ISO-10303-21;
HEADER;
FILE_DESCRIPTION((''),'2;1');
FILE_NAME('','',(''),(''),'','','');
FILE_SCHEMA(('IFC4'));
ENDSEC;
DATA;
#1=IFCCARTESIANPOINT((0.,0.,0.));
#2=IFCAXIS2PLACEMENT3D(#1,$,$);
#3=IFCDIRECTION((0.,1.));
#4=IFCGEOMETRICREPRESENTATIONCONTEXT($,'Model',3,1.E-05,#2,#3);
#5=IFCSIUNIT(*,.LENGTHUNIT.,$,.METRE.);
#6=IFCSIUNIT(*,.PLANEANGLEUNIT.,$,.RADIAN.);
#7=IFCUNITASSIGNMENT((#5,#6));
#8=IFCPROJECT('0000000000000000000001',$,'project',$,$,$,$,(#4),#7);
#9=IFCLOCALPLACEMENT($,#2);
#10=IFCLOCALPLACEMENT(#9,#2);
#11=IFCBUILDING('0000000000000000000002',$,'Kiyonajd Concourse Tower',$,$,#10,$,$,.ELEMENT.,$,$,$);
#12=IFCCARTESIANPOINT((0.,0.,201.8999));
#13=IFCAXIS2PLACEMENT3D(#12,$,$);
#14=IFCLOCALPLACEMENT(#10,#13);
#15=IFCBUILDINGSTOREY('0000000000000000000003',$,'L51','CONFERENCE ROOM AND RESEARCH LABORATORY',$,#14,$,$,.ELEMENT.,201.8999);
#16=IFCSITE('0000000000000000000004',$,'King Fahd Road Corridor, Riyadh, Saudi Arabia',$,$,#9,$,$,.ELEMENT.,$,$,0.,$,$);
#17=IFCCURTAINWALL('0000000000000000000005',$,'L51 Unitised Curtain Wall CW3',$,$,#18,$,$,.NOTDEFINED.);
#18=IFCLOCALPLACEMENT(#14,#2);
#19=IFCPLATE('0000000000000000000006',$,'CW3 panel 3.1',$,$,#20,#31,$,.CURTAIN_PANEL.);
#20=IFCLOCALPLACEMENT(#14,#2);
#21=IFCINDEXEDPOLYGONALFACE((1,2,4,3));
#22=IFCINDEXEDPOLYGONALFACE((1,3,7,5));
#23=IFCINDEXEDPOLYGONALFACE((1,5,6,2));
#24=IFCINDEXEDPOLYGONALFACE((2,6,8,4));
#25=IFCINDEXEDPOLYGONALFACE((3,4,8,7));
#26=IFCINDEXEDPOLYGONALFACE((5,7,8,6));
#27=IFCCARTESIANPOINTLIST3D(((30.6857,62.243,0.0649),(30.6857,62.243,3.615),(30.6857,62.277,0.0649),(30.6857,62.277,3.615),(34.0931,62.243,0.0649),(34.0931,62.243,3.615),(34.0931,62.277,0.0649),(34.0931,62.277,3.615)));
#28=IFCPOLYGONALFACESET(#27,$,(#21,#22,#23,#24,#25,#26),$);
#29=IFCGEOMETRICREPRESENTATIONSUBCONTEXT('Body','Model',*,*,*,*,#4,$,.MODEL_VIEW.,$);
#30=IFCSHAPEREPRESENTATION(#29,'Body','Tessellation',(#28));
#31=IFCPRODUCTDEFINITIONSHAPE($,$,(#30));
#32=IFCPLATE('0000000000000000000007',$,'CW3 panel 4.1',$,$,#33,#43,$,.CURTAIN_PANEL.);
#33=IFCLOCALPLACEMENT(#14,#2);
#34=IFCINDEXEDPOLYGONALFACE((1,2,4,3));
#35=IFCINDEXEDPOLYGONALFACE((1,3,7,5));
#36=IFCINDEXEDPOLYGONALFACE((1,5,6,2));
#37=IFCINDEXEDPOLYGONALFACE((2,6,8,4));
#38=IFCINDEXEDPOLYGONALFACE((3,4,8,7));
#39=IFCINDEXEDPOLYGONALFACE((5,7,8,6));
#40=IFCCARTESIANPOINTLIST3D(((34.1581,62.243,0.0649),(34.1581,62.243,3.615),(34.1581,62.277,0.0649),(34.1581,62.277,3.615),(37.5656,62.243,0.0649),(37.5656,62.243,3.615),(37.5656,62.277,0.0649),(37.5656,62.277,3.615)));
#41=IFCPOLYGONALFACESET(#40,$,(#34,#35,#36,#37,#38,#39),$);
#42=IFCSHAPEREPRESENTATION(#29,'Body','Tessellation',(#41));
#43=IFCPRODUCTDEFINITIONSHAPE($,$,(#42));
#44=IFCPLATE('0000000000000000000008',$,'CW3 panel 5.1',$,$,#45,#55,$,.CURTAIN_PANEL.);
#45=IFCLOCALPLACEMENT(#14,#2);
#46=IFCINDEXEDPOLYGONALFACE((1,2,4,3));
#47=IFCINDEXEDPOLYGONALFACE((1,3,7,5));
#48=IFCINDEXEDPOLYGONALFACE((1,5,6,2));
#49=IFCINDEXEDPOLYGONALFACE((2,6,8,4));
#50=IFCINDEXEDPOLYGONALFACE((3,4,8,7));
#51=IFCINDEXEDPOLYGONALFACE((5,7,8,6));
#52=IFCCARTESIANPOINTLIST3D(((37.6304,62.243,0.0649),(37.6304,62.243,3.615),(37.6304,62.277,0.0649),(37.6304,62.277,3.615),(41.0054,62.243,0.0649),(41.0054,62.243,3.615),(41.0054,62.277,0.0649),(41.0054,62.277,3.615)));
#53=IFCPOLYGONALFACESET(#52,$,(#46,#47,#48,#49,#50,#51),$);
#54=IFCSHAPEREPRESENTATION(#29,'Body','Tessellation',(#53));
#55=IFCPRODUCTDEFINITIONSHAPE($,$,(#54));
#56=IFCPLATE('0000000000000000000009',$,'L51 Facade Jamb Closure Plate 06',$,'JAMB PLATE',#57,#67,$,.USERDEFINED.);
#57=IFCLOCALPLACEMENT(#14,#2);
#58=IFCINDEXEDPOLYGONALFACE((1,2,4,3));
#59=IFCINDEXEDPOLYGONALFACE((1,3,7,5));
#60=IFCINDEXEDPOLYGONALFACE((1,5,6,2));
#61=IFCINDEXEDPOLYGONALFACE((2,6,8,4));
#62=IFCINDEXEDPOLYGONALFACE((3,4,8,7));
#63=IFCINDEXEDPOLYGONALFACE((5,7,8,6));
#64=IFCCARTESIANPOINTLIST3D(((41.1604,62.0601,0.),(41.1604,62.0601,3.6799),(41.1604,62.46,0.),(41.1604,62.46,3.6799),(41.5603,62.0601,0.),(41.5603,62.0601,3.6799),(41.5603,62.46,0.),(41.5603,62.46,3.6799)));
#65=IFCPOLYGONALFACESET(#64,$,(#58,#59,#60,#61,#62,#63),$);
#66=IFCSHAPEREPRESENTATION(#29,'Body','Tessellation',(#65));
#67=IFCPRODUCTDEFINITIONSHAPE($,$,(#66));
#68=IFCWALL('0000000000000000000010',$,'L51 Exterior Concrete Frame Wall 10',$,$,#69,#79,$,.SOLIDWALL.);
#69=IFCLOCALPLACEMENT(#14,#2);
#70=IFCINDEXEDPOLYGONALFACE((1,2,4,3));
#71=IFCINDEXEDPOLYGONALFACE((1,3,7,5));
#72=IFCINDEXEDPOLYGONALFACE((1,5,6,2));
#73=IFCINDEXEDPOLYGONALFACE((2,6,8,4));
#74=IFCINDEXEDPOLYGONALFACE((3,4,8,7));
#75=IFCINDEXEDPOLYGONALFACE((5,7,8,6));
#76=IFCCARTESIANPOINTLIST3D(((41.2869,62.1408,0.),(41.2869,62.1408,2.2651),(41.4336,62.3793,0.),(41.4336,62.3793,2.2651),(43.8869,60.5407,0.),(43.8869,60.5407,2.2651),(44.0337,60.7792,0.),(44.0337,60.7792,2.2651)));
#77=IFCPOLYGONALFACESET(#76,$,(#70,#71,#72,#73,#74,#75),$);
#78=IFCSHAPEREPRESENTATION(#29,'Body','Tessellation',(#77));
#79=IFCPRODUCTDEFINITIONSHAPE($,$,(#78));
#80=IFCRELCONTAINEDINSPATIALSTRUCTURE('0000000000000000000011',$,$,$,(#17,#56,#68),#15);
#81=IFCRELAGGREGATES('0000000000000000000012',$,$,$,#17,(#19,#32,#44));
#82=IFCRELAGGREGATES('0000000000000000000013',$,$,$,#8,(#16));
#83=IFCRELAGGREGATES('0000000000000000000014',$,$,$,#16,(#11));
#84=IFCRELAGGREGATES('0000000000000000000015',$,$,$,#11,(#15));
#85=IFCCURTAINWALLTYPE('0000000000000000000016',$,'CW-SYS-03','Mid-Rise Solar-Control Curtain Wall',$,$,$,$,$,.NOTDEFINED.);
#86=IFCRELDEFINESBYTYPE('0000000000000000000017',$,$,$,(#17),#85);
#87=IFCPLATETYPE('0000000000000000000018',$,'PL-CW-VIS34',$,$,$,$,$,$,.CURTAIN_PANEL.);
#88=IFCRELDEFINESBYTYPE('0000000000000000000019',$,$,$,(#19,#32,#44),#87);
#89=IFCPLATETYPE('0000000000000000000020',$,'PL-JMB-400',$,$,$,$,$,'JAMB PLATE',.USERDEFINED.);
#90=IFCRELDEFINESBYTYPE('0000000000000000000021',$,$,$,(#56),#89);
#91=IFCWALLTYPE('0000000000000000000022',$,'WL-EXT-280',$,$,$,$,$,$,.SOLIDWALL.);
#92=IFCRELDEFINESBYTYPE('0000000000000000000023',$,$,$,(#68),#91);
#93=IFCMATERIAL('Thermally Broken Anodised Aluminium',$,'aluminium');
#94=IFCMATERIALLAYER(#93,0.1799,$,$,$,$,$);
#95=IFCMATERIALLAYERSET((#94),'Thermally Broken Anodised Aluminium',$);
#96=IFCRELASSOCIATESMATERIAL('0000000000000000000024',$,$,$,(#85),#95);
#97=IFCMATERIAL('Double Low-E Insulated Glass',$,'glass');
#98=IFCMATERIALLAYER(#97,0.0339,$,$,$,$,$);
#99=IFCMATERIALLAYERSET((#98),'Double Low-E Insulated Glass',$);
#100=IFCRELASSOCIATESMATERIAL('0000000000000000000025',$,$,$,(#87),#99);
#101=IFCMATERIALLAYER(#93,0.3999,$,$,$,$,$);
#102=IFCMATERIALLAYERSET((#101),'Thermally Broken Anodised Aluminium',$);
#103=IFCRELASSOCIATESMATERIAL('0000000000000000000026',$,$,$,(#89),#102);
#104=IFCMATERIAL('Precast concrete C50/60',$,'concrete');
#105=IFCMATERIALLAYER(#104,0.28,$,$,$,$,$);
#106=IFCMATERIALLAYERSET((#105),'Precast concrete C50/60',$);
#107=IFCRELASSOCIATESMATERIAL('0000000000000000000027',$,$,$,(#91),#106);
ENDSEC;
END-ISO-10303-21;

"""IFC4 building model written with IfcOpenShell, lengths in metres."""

from ifc_helpers import new_model, si_unit, direction, frame, frame_2d, origin, origin_2d, place, context, subcontext, project, spatial, rectangle, extrude, material, layer, layer_set, type_object, element, aggregate, save


model = new_model("IFC4")

# Units and contexts
model_context = context("Model", 3, precision=1e-05, world=origin(), true_north=direction((0.0, 1.0)))
body_context = subcontext(model_context, "Body", "Model", "MODEL_VIEW")
ifc_project = project(units=[si_unit("LENGTHUNIT", "METRE"), si_unit("PLANEANGLEUNIT", "RADIAN")], contexts=[model_context])

# Site, building, storey
site_placement = place(None, origin())
site = spatial("IfcSite", under=ifc_project, at=site_placement, Name="King Fahd Road Corridor, Riyadh, Saudi Arabia", CompositionType="ELEMENT", RefElevation=0.0)
building_placement = place(site_placement, origin())
building = spatial("IfcBuilding", under=site, at=building_placement, Name="Kiyonajd Concourse Tower", CompositionType="ELEMENT")
storey_placement = place(building_placement, frame((0.0, 0.0, 201.8999)))
storey = spatial("IfcBuildingStorey", under=building, at=storey_placement, Name="L51", Description="CONFERENCE ROOM AND RESEARCH LABORATORY", CompositionType="ELEMENT", Elevation=201.8999)

# Curtain wall
ifc_material_1 = material(Name="Thermally Broken Anodised Aluminium", Category="aluminium")
ifc_layer_1 = layer(ifc_material_1, 0.1799)
ifc_layer_set_1 = layer_set([ifc_layer_1], Name="Thermally Broken Anodised Aluminium")
curtain_wall_type = type_object("IfcCurtainWallType", Name="CW-SYS-03", Description="Mid-Rise Solar-Control Curtain Wall", PredefinedType="NOTDEFINED", material=ifc_layer_set_1)
curtain_wall_placement = place(storey_placement, origin())
curtain_wall = element("IfcCurtainWall", 1, at=curtain_wall_placement, inside=storey, type_object=curtain_wall_type, Name="L51 Unitised Curtain Wall CW3", PredefinedType="NOTDEFINED")

# Plates
ifc_material_2 = material(Name="Double Low-E Insulated Glass", Category="glass")
ifc_layer_2 = layer(ifc_material_2, 0.0339)
ifc_layer_set_2 = layer_set([ifc_layer_2], Name="Double Low-E Insulated Glass")
plate_type_1 = type_object("IfcPlateType", Name="PL-CW-VIS34", PredefinedType="CURTAIN_PANEL", material=ifc_layer_set_2)
plate_1_placement = place(storey_placement, frame((32.3894, 62.26, 0.0649), z_axis=(0.0, 0.0, 1.0), x_axis=(1.0, 0.0, 0.0)))
plate_1 = element("IfcPlate", 2, at=plate_1_placement, type_object=plate_type_1, Name="CW3 panel 3.1", PredefinedType="CURTAIN_PANEL", context=body_context, shape_type="SweptSolid", body=[
    extrude(rectangle(XDim=3.4075, YDim=0.0339, at=origin_2d()), origin(), (0.0, 0.0, 1.0), 3.55),
])
plate_2_placement = place(storey_placement, frame((35.8618, 62.26, 0.0649), z_axis=(0.0, 0.0, 1.0), x_axis=(1.0, 0.0, 0.0)))
plate_2 = element("IfcPlate", 3, at=plate_2_placement, type_object=plate_type_1, Name="CW3 panel 4.1", PredefinedType="CURTAIN_PANEL", context=body_context, shape_type="SweptSolid", body=[
    extrude(rectangle(XDim=3.4075, YDim=0.0339, at=origin_2d()), origin(), (0.0, 0.0, 1.0), 3.55),
])
plate_3_placement = place(storey_placement, frame((39.3179, 62.26, 0.0649), z_axis=(0.0, 0.0, 1.0), x_axis=(1.0, 0.0, 0.0)))
plate_3 = element("IfcPlate", 4, at=plate_3_placement, type_object=plate_type_1, Name="CW3 panel 5.1", PredefinedType="CURTAIN_PANEL", context=body_context, shape_type="SweptSolid", body=[
    extrude(rectangle(XDim=3.375, YDim=0.0339, at=origin_2d()), origin(), (0.0, 0.0, 1.0), 3.55),
])
aggregate(curtain_wall, [plate_1, plate_2, plate_3])
ifc_layer_3 = layer(ifc_material_1, 0.3999)
ifc_layer_set_3 = layer_set([ifc_layer_3], Name="Thermally Broken Anodised Aluminium")
plate_type_2 = type_object("IfcPlateType", Name="PL-JMB-400", ElementType="JAMB PLATE", PredefinedType="USERDEFINED", material=ifc_layer_set_3)
plate_4_placement = place(storey_placement, frame((41.3604, 62.26, 0.0), z_axis=(0.0, 0.0, 1.0), x_axis=(1.0, 0.0, 0.0)))
element("IfcPlate", 5, at=plate_4_placement, inside=storey, type_object=plate_type_2, Name="L51 Facade Jamb Closure Plate 06", ObjectType="JAMB PLATE", PredefinedType="USERDEFINED", context=body_context, shape_type="SweptSolid", body=[
    extrude(rectangle(XDim=0.3999, YDim=0.3999, at=origin_2d()), origin(), (0.0, 0.0, 1.0), 3.6799),
])

# Wall
ifc_material_3 = material(Name="Precast concrete C50/60", Category="concrete")
ifc_layer_4 = layer(ifc_material_3, 0.28)
ifc_layer_set_4 = layer_set([ifc_layer_4], Name="Precast concrete C50/60")
wall_type = type_object("IfcWallType", Name="WL-EXT-280", PredefinedType="SOLIDWALL", material=ifc_layer_set_4)
wall_placement = place(storey_placement, frame((41.3604, 62.26, 0.0), z_axis=(0.0, 0.0, 1.0), x_axis=(0.851653, -0.524106, 0.0)))
element("IfcWall", 6, at=wall_placement, inside=storey, type_object=wall_type, Name="L51 Exterior Concrete Frame Wall 10", PredefinedType="SOLIDWALL", context=body_context, shape_type="SweptSolid", body=[
    extrude(rectangle(XDim=3.053, YDim=0.28, at=frame_2d((1.5264, 0.0))), origin(), (0.0, 0.0, 1.0), 2.2651),
])

save(model, "model.ifc")
